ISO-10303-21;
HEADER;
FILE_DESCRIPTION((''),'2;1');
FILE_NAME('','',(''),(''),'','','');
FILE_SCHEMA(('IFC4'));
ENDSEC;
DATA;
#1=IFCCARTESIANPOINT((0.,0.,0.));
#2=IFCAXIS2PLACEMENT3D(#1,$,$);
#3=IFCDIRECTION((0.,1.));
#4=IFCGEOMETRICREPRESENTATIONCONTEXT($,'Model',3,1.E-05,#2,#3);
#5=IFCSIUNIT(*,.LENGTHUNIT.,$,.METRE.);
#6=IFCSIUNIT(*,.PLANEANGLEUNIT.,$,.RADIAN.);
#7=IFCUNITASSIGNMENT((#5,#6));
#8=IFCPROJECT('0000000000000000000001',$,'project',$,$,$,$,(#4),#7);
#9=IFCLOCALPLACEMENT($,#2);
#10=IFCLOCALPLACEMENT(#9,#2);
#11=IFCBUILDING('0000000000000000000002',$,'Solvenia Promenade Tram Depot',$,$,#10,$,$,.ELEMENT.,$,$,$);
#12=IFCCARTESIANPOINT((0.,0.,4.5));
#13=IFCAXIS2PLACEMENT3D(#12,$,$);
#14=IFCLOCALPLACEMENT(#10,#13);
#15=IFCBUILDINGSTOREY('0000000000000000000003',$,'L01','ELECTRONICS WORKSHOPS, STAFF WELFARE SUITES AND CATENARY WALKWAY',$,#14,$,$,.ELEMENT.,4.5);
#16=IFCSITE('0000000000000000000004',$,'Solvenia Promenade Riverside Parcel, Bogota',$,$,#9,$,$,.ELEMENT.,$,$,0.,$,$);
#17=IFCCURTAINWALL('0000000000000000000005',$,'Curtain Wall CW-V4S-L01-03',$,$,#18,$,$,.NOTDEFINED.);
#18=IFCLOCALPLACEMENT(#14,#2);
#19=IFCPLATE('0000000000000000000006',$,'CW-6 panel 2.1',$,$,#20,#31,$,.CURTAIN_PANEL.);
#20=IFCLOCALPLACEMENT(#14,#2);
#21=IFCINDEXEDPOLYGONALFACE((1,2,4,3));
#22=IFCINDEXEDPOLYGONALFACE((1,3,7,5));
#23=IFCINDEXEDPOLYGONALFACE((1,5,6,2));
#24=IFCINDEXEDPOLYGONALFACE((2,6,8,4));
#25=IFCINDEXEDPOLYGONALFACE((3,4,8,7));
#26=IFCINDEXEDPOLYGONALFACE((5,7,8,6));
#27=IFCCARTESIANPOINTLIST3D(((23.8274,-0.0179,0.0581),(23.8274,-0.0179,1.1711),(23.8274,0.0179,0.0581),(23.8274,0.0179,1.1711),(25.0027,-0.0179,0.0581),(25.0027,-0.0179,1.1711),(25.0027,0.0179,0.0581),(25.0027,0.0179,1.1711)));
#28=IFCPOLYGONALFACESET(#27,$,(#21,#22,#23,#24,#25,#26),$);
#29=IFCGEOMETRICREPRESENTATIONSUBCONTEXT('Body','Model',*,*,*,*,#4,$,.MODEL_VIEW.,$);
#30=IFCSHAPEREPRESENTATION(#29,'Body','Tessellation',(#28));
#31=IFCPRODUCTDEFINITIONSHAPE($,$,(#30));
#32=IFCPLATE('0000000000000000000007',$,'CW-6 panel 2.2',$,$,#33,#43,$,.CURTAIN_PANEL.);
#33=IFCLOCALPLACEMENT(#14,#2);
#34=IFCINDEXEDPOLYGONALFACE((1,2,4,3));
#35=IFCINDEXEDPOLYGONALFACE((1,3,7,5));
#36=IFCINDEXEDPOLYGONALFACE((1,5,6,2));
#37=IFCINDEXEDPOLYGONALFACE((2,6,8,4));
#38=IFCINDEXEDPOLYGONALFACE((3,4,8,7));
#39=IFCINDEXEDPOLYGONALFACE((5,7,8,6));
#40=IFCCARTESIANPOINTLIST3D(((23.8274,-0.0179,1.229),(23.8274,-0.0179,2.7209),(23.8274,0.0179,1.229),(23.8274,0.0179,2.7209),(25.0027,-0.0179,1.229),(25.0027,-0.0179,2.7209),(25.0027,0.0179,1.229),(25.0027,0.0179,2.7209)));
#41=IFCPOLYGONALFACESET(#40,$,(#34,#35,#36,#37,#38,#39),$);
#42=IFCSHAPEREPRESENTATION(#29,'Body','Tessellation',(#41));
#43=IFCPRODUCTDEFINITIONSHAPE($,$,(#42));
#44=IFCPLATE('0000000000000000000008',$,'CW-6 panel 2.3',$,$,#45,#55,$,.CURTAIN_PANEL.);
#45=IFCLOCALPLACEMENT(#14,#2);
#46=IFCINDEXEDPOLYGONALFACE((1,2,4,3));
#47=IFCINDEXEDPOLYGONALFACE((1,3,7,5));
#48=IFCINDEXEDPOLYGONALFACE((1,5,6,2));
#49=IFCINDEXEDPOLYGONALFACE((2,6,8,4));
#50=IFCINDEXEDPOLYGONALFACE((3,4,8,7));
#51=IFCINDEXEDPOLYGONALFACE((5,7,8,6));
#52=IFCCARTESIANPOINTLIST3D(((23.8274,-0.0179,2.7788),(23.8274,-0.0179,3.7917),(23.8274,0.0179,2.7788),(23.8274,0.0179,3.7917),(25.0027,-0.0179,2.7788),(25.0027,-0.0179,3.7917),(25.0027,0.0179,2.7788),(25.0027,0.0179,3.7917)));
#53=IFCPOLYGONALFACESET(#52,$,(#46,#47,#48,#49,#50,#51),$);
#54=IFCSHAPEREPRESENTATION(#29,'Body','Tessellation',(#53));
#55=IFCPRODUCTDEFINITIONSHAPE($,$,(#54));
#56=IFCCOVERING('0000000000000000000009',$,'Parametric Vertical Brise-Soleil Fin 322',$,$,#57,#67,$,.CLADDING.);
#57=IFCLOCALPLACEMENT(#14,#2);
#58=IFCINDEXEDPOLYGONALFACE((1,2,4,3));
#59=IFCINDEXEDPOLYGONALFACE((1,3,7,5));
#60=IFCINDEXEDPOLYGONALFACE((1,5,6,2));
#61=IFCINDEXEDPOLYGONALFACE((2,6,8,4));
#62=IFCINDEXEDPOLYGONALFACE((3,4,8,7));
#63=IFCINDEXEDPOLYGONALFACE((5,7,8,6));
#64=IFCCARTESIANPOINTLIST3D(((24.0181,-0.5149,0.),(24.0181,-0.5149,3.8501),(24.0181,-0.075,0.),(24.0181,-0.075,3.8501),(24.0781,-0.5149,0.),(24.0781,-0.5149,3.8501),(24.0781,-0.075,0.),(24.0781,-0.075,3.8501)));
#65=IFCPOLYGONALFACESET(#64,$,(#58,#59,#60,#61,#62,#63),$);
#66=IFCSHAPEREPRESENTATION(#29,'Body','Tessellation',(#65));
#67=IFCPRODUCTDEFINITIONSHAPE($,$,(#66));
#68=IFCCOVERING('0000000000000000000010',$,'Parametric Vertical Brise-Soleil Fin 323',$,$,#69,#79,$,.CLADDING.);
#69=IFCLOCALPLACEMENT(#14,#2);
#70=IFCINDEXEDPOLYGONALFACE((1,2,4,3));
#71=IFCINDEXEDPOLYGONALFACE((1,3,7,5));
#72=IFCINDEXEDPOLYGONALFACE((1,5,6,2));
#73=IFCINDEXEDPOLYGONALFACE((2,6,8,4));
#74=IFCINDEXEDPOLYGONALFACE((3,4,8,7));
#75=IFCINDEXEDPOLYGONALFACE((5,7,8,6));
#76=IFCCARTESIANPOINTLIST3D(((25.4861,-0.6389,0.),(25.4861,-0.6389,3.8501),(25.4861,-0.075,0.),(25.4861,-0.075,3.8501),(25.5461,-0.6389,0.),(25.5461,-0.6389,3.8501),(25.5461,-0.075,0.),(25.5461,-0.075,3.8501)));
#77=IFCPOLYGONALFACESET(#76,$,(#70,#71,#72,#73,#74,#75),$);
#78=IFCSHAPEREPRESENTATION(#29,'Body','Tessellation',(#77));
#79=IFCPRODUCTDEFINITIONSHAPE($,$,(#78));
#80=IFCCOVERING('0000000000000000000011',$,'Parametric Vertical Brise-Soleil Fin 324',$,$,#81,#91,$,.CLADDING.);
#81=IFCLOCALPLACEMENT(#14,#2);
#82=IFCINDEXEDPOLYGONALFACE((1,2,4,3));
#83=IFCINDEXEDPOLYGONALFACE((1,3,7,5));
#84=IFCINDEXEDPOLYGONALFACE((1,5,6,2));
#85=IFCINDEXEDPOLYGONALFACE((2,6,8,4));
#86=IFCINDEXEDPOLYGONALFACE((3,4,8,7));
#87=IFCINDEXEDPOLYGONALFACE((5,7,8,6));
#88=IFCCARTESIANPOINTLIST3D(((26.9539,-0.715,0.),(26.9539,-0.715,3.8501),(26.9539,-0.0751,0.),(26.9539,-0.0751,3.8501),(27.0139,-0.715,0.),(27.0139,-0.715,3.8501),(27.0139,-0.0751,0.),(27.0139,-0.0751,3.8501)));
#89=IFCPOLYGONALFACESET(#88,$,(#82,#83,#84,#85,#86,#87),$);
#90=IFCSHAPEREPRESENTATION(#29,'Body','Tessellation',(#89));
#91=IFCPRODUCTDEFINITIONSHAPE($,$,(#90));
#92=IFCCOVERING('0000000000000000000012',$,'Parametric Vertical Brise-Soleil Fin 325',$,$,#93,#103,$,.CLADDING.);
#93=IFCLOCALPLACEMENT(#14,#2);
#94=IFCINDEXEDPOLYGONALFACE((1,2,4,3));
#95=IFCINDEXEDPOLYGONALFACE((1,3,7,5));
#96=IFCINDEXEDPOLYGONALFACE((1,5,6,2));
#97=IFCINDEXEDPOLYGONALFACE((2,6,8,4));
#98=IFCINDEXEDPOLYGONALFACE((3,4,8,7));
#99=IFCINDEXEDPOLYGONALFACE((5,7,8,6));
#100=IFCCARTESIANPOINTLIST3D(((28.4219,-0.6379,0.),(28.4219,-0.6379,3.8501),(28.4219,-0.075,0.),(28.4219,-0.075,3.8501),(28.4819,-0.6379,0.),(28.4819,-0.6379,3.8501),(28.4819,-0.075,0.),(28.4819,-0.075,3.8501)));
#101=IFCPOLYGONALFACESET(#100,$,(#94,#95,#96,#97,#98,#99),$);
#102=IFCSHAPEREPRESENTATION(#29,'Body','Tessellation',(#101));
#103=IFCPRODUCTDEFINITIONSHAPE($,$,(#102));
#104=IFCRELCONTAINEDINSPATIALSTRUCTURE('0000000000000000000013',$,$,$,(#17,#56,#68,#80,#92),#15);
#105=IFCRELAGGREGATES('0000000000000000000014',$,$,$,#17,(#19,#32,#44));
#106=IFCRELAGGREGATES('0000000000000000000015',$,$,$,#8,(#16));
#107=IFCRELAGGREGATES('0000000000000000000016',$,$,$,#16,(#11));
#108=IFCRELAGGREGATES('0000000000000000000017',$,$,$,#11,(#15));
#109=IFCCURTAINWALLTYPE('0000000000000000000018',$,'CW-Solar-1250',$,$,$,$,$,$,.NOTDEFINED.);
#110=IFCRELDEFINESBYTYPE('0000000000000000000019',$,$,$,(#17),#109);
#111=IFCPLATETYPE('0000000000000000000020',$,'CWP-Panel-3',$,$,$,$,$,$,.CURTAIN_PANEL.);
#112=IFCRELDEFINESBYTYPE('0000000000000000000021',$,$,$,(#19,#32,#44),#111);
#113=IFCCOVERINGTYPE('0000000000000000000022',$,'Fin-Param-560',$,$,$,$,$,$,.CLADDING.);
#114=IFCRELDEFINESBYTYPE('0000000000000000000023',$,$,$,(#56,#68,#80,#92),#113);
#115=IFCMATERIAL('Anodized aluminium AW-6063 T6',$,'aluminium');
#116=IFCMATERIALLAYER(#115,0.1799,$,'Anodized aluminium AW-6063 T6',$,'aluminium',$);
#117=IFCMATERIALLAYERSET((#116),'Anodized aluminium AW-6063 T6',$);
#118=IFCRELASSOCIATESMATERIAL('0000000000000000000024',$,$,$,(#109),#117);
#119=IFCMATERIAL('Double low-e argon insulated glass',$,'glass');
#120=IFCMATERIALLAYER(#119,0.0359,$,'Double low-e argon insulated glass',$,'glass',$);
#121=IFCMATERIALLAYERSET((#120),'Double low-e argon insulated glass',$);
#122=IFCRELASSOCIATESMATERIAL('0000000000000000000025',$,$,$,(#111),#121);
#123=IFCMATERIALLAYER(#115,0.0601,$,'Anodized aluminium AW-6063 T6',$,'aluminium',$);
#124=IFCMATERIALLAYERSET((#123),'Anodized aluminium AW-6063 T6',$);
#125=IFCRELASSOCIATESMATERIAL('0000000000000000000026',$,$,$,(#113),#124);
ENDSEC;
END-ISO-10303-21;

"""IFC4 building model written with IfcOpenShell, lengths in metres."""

from ifc_helpers import new_model, si_unit, direction, frame, origin, origin_2d, place, context, subcontext, project, spatial, rectangle, extrude, material, layer, layer_set, type_object, element, aggregate, save


model = new_model("IFC4")

# Units and contexts
model_context = context("Model", 3, precision=1e-05, world=origin(), true_north=direction((0.0, 1.0)))
body_context = subcontext(model_context, "Body", "Model", "MODEL_VIEW")
ifc_project = project(units=[si_unit("LENGTHUNIT", "METRE"), si_unit("PLANEANGLEUNIT", "RADIAN")], contexts=[model_context])

# Site, building, storey
site_placement = place(None, origin())
site = spatial("IfcSite", under=ifc_project, at=site_placement, Name="Solvenia Promenade Riverside Parcel, Bogota", CompositionType="ELEMENT", RefElevation=0.0)
building_placement = place(site_placement, origin())
building = spatial("IfcBuilding", under=site, at=building_placement, Name="Solvenia Promenade Tram Depot", CompositionType="ELEMENT")
storey_placement = place(building_placement, frame((0.0, 0.0, 4.5)))
storey = spatial("IfcBuildingStorey", under=building, at=storey_placement, Name="L01", Description="ELECTRONICS WORKSHOPS, STAFF WELFARE SUITES AND CATENARY WALKWAY", CompositionType="ELEMENT", Elevation=4.5)

# Shared definitions
ifc_material_1 = material(Name="Anodized aluminium AW-6063 T6", Category="aluminium")

# Curtain wall
ifc_layer_1 = layer(ifc_material_1, 0.1799, Name="Anodized aluminium AW-6063 T6", Category="aluminium")
ifc_layer_set_1 = layer_set([ifc_layer_1], Name="Anodized aluminium AW-6063 T6")
curtain_wall_type_1 = type_object("IfcCurtainWallType", Name="CW-Solar-1250", PredefinedType="NOTDEFINED", material=ifc_layer_set_1)
curtain_wall_1_placement = place(storey_placement, origin())
curtain_wall_1 = element("IfcCurtainWall", 1, at=curtain_wall_1_placement, inside=storey, type_object=curtain_wall_type_1, Name="Curtain Wall CW-V4S-L01-03", PredefinedType="NOTDEFINED")

# Plates
ifc_material_2 = material(Name="Double low-e argon insulated glass", Category="glass")
ifc_layer_2 = layer(ifc_material_2, 0.0359, Name="Double low-e argon insulated glass", Category="glass")
ifc_layer_set_2 = layer_set([ifc_layer_2], Name="Double low-e argon insulated glass")
plate_type = type_object("IfcPlateType", Name="CWP-Panel-3", PredefinedType="CURTAIN_PANEL", material=ifc_layer_set_2)
plate_1_placement = place(storey_placement, frame((24.415, 0.0, 0.0581), z_axis=(0.0, 0.0, 1.0), x_axis=(1.0, 0.0, 0.0)))
plate_1 = element("IfcPlate", 2, at=plate_1_placement, type_object=plate_type, Name="CW-6 panel 2.1", PredefinedType="CURTAIN_PANEL", context=body_context, shape_type="SweptSolid", body=[
    extrude(rectangle(XDim=1.1753, YDim=0.0359, at=origin_2d()), origin(), (0.0, 0.0, 1.0), 1.113),
])
plate_2_placement = place(storey_placement, frame((24.415, 0.0, 1.229), z_axis=(0.0, 0.0, 1.0), x_axis=(1.0, 0.0, 0.0)))
plate_2 = element("IfcPlate", 3, at=plate_2_placement, type_object=plate_type, Name="CW-6 panel 2.2", PredefinedType="CURTAIN_PANEL", context=body_context, shape_type="SweptSolid", body=[
    extrude(rectangle(XDim=1.1753, YDim=0.0359, at=origin_2d()), origin(), (0.0, 0.0, 1.0), 1.4919),
])
plate_3_placement = place(storey_placement, frame((24.415, 0.0, 2.7788), z_axis=(0.0, 0.0, 1.0), x_axis=(1.0, 0.0, 0.0)))
plate_3 = element("IfcPlate", 4, at=plate_3_placement, type_object=plate_type, Name="CW-6 panel 2.3", PredefinedType="CURTAIN_PANEL", context=body_context, shape_type="SweptSolid", body=[
    extrude(rectangle(XDim=1.1753, YDim=0.0359, at=origin_2d()), origin(), (0.0, 0.0, 1.0), 1.0129),
])
aggregate(curtain_wall_1, [plate_1, plate_2, plate_3])

# Coverings
ifc_layer_3 = layer(ifc_material_1, 0.0601, Name="Anodized aluminium AW-6063 T6", Category="aluminium")
ifc_layer_set_3 = layer_set([ifc_layer_3], Name="Anodized aluminium AW-6063 T6")
covering_type = type_object("IfcCoveringType", Name="Fin-Param-560", PredefinedType="CLADDING", material=ifc_layer_set_3)
covering_1_placement = place(storey_placement, frame((24.0481, -0.2949, 0.0), z_axis=(0.0, 0.0, 1.0), x_axis=(1.0, 0.0, 0.0)))
element("IfcCovering", 5, at=covering_1_placement, inside=storey, type_object=covering_type, Name="Parametric Vertical Brise-Soleil Fin 322", PredefinedType="CLADDING", context=body_context, shape_type="SweptSolid", body=[
    extrude(rectangle(XDim=0.0601, YDim=0.4399, at=origin_2d()), origin(), (0.0, 0.0, 1.0), 3.8501),
])
covering_2_placement = place(storey_placement, frame((25.5161, -0.3569, 0.0), z_axis=(0.0, 0.0, 1.0), x_axis=(1.0, 0.0, 0.0)))
element("IfcCovering", 6, at=covering_2_placement, inside=storey, type_object=covering_type, Name="Parametric Vertical Brise-Soleil Fin 323", PredefinedType="CLADDING", context=body_context, shape_type="SweptSolid", body=[
    extrude(rectangle(XDim=0.0601, YDim=0.564, at=origin_2d()), origin(), (0.0, 0.0, 1.0), 3.8501),
])
covering_3_placement = place(storey_placement, frame((26.9839, -0.395, 0.0), z_axis=(0.0, 0.0, 1.0), x_axis=(1.0, 0.0, 0.0)))
element("IfcCovering", 7, at=covering_3_placement, inside=storey, type_object=covering_type, Name="Parametric Vertical Brise-Soleil Fin 324", PredefinedType="CLADDING", context=body_context, shape_type="SweptSolid", body=[
    extrude(rectangle(XDim=0.0601, YDim=0.6399, at=origin_2d()), origin(), (0.0, 0.0, 1.0), 3.8501),
])
covering_4_placement = place(storey_placement, frame((28.4519, -0.3564, 0.0), z_axis=(0.0, 0.0, 1.0), x_axis=(1.0, 0.0, 0.0)))
element("IfcCovering", 8, at=covering_4_placement, inside=storey, type_object=covering_type, Name="Parametric Vertical Brise-Soleil Fin 325", PredefinedType="CLADDING", context=body_context, shape_type="SweptSolid", body=[
    extrude(rectangle(XDim=0.0601, YDim=0.563, at=origin_2d()), origin(), (0.0, 0.0, 1.0), 3.8501),
])

save(model, "model.ifc")
